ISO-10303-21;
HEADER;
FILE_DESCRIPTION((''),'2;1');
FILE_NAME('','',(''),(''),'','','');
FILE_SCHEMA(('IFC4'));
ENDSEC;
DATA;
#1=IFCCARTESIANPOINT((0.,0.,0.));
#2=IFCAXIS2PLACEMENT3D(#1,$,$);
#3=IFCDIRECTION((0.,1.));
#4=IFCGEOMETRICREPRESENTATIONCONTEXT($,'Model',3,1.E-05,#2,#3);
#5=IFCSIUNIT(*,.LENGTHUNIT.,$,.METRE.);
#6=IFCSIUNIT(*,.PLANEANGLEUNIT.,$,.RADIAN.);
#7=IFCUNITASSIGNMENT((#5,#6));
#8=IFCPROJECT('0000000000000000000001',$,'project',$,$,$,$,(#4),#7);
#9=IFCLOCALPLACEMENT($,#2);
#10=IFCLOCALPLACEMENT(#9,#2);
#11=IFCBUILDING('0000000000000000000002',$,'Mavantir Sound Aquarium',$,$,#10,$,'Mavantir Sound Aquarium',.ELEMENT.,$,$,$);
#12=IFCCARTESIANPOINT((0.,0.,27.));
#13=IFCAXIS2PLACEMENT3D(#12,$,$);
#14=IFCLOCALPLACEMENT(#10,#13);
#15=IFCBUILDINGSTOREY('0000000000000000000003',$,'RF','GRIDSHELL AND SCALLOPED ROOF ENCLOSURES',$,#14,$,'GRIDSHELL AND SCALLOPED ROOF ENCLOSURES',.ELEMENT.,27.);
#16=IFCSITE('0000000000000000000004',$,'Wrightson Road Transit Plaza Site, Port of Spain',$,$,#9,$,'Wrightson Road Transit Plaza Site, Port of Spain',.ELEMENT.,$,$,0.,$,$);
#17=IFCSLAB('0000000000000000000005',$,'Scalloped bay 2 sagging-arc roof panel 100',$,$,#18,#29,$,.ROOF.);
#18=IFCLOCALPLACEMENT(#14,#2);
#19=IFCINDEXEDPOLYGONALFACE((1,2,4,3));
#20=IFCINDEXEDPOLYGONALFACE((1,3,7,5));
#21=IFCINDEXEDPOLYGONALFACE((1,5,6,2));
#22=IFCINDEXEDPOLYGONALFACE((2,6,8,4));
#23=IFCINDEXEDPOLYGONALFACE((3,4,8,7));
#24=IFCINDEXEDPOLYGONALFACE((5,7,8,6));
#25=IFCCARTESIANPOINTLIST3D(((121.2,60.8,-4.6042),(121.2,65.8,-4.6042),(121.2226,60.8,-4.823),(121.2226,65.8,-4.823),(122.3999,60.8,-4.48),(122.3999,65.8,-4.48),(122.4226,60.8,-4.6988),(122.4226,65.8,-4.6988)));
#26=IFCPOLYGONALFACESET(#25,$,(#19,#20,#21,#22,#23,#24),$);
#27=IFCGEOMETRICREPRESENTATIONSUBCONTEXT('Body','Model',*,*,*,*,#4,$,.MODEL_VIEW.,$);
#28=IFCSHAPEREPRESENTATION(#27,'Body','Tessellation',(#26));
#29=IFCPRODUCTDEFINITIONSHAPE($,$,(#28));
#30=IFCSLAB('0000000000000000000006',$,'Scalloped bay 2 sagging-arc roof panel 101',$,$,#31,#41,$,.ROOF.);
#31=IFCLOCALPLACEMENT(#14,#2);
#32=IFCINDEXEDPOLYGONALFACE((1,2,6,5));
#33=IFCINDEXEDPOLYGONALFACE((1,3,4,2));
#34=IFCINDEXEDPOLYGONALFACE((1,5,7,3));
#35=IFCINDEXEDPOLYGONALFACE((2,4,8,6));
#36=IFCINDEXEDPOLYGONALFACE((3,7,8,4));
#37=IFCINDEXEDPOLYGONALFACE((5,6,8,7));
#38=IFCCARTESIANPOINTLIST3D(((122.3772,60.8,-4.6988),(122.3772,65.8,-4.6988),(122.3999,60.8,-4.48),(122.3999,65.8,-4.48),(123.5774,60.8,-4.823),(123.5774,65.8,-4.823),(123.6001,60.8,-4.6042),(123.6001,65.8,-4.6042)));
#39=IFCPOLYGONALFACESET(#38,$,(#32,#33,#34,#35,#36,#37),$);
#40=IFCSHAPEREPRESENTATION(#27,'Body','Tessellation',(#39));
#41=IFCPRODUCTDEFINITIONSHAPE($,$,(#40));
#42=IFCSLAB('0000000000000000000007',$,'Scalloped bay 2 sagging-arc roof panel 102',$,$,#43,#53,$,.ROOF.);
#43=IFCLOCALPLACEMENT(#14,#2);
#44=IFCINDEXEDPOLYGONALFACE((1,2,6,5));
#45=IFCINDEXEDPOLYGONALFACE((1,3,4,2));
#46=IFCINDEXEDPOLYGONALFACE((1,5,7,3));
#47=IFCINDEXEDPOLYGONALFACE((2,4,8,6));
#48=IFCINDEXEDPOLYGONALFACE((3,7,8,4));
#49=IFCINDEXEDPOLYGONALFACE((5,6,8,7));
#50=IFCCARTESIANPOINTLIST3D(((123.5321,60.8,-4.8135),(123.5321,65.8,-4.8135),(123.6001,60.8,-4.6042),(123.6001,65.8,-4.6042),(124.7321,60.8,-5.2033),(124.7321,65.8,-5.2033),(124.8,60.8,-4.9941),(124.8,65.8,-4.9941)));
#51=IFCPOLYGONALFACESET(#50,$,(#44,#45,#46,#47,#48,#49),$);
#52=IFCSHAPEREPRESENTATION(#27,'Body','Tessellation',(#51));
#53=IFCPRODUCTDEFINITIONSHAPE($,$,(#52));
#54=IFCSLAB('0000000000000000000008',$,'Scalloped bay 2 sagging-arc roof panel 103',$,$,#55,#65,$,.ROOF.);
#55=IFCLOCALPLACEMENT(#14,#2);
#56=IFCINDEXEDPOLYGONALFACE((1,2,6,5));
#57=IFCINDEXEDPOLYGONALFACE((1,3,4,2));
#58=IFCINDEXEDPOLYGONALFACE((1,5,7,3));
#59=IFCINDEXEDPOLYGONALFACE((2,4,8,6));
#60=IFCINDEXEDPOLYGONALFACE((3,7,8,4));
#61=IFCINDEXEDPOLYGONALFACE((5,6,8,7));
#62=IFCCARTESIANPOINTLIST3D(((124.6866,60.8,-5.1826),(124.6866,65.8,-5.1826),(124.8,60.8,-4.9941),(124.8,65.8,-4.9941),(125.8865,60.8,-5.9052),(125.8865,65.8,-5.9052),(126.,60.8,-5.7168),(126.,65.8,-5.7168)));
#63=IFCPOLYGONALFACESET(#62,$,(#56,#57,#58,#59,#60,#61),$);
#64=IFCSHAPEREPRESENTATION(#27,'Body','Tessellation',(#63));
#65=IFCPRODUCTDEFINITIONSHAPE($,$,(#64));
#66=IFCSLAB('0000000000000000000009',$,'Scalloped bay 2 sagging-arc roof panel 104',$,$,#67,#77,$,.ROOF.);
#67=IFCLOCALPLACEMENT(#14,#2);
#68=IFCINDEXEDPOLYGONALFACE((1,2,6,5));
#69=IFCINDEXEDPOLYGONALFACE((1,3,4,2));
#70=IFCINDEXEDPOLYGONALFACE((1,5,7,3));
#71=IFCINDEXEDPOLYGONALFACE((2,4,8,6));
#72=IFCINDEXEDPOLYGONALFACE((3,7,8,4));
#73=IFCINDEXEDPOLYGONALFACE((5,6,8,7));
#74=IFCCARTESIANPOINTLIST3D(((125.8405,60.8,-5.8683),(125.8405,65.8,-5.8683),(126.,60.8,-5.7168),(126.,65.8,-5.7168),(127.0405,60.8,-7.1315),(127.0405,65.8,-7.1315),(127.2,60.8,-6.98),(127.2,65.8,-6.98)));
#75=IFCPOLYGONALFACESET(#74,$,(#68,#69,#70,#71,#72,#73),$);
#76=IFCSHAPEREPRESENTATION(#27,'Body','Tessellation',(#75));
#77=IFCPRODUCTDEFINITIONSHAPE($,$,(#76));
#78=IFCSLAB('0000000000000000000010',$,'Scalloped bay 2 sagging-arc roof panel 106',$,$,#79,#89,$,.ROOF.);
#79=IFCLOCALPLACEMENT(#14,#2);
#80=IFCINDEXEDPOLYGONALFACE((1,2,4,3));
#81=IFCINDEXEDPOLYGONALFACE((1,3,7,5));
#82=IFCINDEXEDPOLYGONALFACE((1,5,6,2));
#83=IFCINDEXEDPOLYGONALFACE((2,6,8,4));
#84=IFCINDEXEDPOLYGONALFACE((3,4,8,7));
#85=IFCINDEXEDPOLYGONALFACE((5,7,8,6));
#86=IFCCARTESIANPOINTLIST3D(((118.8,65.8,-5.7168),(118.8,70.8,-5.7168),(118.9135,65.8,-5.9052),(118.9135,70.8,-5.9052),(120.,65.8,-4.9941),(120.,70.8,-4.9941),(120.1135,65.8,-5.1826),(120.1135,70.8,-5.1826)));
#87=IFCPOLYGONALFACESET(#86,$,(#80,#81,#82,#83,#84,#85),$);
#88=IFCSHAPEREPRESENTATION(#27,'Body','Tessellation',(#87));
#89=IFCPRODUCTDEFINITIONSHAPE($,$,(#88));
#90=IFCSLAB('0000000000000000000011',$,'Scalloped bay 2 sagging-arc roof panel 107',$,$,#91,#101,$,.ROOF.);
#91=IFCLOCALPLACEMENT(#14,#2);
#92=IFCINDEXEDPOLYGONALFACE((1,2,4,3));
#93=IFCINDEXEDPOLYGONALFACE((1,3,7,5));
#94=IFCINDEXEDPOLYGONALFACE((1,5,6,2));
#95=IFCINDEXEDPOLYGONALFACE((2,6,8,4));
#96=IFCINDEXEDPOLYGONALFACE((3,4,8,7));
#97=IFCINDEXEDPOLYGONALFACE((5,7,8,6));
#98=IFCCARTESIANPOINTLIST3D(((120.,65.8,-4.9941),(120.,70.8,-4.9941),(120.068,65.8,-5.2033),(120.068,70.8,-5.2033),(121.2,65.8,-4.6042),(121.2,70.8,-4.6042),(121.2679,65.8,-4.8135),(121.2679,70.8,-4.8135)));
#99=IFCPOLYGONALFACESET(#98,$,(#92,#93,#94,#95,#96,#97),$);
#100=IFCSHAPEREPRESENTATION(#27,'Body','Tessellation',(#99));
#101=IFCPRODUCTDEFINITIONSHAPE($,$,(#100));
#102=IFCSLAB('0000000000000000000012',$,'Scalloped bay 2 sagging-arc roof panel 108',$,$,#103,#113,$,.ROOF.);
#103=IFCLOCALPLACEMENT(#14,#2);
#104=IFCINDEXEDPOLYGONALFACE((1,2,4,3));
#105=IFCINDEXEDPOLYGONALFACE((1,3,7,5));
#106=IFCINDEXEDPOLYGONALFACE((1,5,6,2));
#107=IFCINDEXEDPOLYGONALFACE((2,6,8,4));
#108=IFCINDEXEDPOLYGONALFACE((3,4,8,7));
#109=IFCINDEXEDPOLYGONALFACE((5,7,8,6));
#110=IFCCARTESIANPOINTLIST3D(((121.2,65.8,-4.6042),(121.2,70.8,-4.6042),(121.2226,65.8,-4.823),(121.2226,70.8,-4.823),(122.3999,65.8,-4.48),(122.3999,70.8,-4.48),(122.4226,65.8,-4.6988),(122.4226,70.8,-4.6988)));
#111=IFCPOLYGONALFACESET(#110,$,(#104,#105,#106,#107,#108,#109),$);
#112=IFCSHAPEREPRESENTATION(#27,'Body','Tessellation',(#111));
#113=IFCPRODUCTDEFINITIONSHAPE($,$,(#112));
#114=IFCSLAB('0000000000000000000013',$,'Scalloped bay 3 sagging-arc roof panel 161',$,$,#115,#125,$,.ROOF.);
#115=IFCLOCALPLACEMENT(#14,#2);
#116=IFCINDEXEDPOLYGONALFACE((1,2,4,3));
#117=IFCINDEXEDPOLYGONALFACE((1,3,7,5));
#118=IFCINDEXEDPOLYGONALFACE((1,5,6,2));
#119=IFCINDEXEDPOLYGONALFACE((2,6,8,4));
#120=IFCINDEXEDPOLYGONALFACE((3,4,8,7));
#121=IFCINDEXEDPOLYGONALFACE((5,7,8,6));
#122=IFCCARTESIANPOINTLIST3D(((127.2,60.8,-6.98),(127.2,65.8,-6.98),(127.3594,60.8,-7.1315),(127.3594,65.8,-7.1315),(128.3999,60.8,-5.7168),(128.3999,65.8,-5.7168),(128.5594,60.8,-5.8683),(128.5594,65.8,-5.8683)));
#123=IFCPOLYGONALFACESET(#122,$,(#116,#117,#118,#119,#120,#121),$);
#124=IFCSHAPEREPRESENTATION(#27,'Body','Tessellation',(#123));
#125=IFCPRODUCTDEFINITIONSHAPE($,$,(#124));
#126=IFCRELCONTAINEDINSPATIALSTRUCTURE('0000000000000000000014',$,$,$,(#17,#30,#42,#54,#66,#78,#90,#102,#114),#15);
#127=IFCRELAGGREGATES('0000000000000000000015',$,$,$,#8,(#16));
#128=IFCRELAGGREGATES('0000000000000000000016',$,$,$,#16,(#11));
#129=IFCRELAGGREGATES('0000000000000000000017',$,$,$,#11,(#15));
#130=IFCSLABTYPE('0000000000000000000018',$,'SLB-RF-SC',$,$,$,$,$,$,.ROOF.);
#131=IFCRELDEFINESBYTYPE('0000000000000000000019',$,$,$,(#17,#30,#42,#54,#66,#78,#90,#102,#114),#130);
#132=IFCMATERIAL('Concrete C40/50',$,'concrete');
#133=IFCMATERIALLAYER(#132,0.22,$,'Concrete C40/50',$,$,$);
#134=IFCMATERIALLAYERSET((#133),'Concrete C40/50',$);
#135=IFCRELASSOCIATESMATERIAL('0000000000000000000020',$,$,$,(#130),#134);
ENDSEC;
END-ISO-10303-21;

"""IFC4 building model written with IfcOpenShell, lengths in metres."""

from ifc_helpers import new_model, si_unit, direction, frame, origin, place, context, subcontext, project, spatial, polyline, outline, extrude, material, layer, layer_set, type_object, element, save


model = new_model("IFC4")

# Units and contexts
model_context = context("Model", 3, precision=1e-05, world=origin(), true_north=direction((0.0, 1.0)))
body_context = subcontext(model_context, "Body", "Model", "MODEL_VIEW")
ifc_project = project(units=[si_unit("LENGTHUNIT", "METRE"), si_unit("PLANEANGLEUNIT", "RADIAN")], contexts=[model_context])

# Site, building, storey
site_placement = place(None, origin())
site = spatial("IfcSite", under=ifc_project, at=site_placement, Name="Wrightson Road Transit Plaza Site, Port of Spain", LongName="Wrightson Road Transit Plaza Site, Port of Spain", CompositionType="ELEMENT", RefElevation=0.0)
building_placement = place(site_placement, origin())
building = spatial("IfcBuilding", under=site, at=building_placement, Name="Mavantir Sound Aquarium", LongName="Mavantir Sound Aquarium", CompositionType="ELEMENT")
storey_placement = place(building_placement, frame((0.0, 0.0, 27.0)))
storey = spatial("IfcBuildingStorey", under=building, at=storey_placement, Name="RF", Description="GRIDSHELL AND SCALLOPED ROOF ENCLOSURES", LongName="GRIDSHELL AND SCALLOPED ROOF ENCLOSURES", CompositionType="ELEMENT", Elevation=27.0)

# Shared definitions
ifc_material_1 = material(Name="Concrete C40/50", Category="concrete")

# Slabs
ifc_layer_1 = layer(ifc_material_1, 0.22, Name="Concrete C40/50")
ifc_layer_set_1 = layer_set([ifc_layer_1], Name="Concrete C40/50")
slab_type = type_object("IfcSlabType", Name="SLB-RF-SC", PredefinedType="ROOF", material=ifc_layer_set_1)
slab_1_placement = place(storey_placement, frame((121.2, 60.8, -4.6042), z_axis=(-0.10301, 0.0, 0.99468), x_axis=(0.99468, 0.0, 0.10301)))
element("IfcSlab", 1, at=slab_1_placement, inside=storey, type_object=slab_type, Name="Scalloped bay 2 sagging-arc roof panel 100", PredefinedType="ROOF", context=body_context, shape_type="SweptSolid", body=[
    extrude(outline(polyline([(0.0, 0.0), (1.2064, 0.0), (1.2064, 5.0), (0.0, 5.0), (0.0, 0.0)])), origin(), (0.0, 0.0, -1.0), 0.22),
])
slab_2_placement = place(storey_placement, frame((122.3999, 60.8, -4.48), z_axis=(0.102989, 0.0, 0.994683), x_axis=(0.994683, 0.0, -0.102989)))
element("IfcSlab", 2, at=slab_2_placement, inside=storey, type_object=slab_type, Name="Scalloped bay 2 sagging-arc roof panel 101", PredefinedType="ROOF", context=body_context, shape_type="SweptSolid", body=[
    extrude(outline(polyline([(0.0, 0.0), (1.2066, 0.0), (1.2066, 5.0), (0.0, 5.0), (0.0, 0.0)])), origin(), (0.0, 0.0, -1.0), 0.22),
])
slab_3_placement = place(storey_placement, frame((123.6001, 60.8, -4.6042), z_axis=(0.30902, 0.0, 0.951055), x_axis=(0.951055, 0.0, -0.30902)))
element("IfcSlab", 3, at=slab_3_placement, inside=storey, type_object=slab_type, Name="Scalloped bay 2 sagging-arc roof panel 102", PredefinedType="ROOF", context=body_context, shape_type="SweptSolid", body=[
    extrude(outline(polyline([(0.0, 0.0), (1.2617, 0.0), (1.2617, 5.0), (0.0, 5.0), (0.0, 0.0)])), origin(), (0.0, 0.0, -1.0), 0.22),
])
slab_4_placement = place(storey_placement, frame((124.8, 60.8, -4.9941), z_axis=(0.515905, 0.0, 0.856646), x_axis=(0.856646, 0.0, -0.515905)))
element("IfcSlab", 4, at=slab_4_placement, inside=storey, type_object=slab_type, Name="Scalloped bay 2 sagging-arc roof panel 103", PredefinedType="ROOF", context=body_context, shape_type="SweptSolid", body=[
    extrude(outline(polyline([(0.0, 0.0), (1.4008, 0.0), (1.4008, 5.0), (0.0, 5.0), (0.0, 0.0)])), origin(), (0.0, 0.0, -1.0), 0.22),
])
slab_5_placement = place(storey_placement, frame((126.0, 60.8, -5.7168), z_axis=(0.72502, 0.0, 0.688727), x_axis=(0.688727, 0.0, -0.72502)))
element("IfcSlab", 5, at=slab_5_placement, inside=storey, type_object=slab_type, Name="Scalloped bay 2 sagging-arc roof panel 104", PredefinedType="ROOF", context=body_context, shape_type="SweptSolid", body=[
    extrude(outline(polyline([(0.0, 0.0), (1.7423, 0.0), (1.7423, 5.0), (0.0, 5.0), (0.0, 0.0)])), origin(), (0.0, 0.0, -1.0), 0.22),
])
slab_6_placement = place(storey_placement, frame((118.8, 65.8, -5.7168), z_axis=(-0.515905, 0.0, 0.856646), x_axis=(0.856646, 0.0, 0.515905)))
element("IfcSlab", 6, at=slab_6_placement, inside=storey, type_object=slab_type, Name="Scalloped bay 2 sagging-arc roof panel 106", PredefinedType="ROOF", context=body_context, shape_type="SweptSolid", body=[
    extrude(outline(polyline([(0.0, 0.0), (1.4008, 0.0), (1.4008, 5.0), (0.0, 5.0), (0.0, 0.0)])), origin(), (0.0, 0.0, -1.0), 0.22),
])
slab_7_placement = place(storey_placement, frame((120.0, 65.8, -4.9941), z_axis=(-0.30902, 0.0, 0.951055), x_axis=(0.951055, 0.0, 0.30902)))
element("IfcSlab", 7, at=slab_7_placement, inside=storey, type_object=slab_type, Name="Scalloped bay 2 sagging-arc roof panel 107", PredefinedType="ROOF", context=body_context, shape_type="SweptSolid", body=[
    extrude(outline(polyline([(0.0, 0.0), (1.2617, 0.0), (1.2617, 5.0), (0.0, 5.0), (0.0, 0.0)])), origin(), (0.0, 0.0, -1.0), 0.22),
])
slab_8_placement = place(storey_placement, frame((121.2, 65.8, -4.6042), z_axis=(-0.10301, 0.0, 0.99468), x_axis=(0.99468, 0.0, 0.10301)))
element("IfcSlab", 8, at=slab_8_placement, inside=storey, type_object=slab_type, Name="Scalloped bay 2 sagging-arc roof panel 108", PredefinedType="ROOF", context=body_context, shape_type="SweptSolid", body=[
    extrude(outline(polyline([(0.0, 0.0), (1.2064, 0.0), (1.2064, 5.0), (0.0, 5.0), (0.0, 0.0)])), origin(), (0.0, 0.0, -1.0), 0.22),
])
slab_9_placement = place(storey_placement, frame((127.2, 60.8, -6.98), z_axis=(-0.72502, 0.0, 0.688727), x_axis=(0.688727, 0.0, 0.72502)))
element("IfcSlab", 9, at=slab_9_placement, inside=storey, type_object=slab_type, Name="Scalloped bay 3 sagging-arc roof panel 161", PredefinedType="ROOF", context=body_context, shape_type="SweptSolid", body=[
    extrude(outline(polyline([(0.0, 0.0), (1.7423, 0.0), (1.7423, 5.0), (0.0, 5.0), (0.0, 0.0)])), origin(), (0.0, 0.0, -1.0), 0.22),
])

save(model, "model.ifc")
